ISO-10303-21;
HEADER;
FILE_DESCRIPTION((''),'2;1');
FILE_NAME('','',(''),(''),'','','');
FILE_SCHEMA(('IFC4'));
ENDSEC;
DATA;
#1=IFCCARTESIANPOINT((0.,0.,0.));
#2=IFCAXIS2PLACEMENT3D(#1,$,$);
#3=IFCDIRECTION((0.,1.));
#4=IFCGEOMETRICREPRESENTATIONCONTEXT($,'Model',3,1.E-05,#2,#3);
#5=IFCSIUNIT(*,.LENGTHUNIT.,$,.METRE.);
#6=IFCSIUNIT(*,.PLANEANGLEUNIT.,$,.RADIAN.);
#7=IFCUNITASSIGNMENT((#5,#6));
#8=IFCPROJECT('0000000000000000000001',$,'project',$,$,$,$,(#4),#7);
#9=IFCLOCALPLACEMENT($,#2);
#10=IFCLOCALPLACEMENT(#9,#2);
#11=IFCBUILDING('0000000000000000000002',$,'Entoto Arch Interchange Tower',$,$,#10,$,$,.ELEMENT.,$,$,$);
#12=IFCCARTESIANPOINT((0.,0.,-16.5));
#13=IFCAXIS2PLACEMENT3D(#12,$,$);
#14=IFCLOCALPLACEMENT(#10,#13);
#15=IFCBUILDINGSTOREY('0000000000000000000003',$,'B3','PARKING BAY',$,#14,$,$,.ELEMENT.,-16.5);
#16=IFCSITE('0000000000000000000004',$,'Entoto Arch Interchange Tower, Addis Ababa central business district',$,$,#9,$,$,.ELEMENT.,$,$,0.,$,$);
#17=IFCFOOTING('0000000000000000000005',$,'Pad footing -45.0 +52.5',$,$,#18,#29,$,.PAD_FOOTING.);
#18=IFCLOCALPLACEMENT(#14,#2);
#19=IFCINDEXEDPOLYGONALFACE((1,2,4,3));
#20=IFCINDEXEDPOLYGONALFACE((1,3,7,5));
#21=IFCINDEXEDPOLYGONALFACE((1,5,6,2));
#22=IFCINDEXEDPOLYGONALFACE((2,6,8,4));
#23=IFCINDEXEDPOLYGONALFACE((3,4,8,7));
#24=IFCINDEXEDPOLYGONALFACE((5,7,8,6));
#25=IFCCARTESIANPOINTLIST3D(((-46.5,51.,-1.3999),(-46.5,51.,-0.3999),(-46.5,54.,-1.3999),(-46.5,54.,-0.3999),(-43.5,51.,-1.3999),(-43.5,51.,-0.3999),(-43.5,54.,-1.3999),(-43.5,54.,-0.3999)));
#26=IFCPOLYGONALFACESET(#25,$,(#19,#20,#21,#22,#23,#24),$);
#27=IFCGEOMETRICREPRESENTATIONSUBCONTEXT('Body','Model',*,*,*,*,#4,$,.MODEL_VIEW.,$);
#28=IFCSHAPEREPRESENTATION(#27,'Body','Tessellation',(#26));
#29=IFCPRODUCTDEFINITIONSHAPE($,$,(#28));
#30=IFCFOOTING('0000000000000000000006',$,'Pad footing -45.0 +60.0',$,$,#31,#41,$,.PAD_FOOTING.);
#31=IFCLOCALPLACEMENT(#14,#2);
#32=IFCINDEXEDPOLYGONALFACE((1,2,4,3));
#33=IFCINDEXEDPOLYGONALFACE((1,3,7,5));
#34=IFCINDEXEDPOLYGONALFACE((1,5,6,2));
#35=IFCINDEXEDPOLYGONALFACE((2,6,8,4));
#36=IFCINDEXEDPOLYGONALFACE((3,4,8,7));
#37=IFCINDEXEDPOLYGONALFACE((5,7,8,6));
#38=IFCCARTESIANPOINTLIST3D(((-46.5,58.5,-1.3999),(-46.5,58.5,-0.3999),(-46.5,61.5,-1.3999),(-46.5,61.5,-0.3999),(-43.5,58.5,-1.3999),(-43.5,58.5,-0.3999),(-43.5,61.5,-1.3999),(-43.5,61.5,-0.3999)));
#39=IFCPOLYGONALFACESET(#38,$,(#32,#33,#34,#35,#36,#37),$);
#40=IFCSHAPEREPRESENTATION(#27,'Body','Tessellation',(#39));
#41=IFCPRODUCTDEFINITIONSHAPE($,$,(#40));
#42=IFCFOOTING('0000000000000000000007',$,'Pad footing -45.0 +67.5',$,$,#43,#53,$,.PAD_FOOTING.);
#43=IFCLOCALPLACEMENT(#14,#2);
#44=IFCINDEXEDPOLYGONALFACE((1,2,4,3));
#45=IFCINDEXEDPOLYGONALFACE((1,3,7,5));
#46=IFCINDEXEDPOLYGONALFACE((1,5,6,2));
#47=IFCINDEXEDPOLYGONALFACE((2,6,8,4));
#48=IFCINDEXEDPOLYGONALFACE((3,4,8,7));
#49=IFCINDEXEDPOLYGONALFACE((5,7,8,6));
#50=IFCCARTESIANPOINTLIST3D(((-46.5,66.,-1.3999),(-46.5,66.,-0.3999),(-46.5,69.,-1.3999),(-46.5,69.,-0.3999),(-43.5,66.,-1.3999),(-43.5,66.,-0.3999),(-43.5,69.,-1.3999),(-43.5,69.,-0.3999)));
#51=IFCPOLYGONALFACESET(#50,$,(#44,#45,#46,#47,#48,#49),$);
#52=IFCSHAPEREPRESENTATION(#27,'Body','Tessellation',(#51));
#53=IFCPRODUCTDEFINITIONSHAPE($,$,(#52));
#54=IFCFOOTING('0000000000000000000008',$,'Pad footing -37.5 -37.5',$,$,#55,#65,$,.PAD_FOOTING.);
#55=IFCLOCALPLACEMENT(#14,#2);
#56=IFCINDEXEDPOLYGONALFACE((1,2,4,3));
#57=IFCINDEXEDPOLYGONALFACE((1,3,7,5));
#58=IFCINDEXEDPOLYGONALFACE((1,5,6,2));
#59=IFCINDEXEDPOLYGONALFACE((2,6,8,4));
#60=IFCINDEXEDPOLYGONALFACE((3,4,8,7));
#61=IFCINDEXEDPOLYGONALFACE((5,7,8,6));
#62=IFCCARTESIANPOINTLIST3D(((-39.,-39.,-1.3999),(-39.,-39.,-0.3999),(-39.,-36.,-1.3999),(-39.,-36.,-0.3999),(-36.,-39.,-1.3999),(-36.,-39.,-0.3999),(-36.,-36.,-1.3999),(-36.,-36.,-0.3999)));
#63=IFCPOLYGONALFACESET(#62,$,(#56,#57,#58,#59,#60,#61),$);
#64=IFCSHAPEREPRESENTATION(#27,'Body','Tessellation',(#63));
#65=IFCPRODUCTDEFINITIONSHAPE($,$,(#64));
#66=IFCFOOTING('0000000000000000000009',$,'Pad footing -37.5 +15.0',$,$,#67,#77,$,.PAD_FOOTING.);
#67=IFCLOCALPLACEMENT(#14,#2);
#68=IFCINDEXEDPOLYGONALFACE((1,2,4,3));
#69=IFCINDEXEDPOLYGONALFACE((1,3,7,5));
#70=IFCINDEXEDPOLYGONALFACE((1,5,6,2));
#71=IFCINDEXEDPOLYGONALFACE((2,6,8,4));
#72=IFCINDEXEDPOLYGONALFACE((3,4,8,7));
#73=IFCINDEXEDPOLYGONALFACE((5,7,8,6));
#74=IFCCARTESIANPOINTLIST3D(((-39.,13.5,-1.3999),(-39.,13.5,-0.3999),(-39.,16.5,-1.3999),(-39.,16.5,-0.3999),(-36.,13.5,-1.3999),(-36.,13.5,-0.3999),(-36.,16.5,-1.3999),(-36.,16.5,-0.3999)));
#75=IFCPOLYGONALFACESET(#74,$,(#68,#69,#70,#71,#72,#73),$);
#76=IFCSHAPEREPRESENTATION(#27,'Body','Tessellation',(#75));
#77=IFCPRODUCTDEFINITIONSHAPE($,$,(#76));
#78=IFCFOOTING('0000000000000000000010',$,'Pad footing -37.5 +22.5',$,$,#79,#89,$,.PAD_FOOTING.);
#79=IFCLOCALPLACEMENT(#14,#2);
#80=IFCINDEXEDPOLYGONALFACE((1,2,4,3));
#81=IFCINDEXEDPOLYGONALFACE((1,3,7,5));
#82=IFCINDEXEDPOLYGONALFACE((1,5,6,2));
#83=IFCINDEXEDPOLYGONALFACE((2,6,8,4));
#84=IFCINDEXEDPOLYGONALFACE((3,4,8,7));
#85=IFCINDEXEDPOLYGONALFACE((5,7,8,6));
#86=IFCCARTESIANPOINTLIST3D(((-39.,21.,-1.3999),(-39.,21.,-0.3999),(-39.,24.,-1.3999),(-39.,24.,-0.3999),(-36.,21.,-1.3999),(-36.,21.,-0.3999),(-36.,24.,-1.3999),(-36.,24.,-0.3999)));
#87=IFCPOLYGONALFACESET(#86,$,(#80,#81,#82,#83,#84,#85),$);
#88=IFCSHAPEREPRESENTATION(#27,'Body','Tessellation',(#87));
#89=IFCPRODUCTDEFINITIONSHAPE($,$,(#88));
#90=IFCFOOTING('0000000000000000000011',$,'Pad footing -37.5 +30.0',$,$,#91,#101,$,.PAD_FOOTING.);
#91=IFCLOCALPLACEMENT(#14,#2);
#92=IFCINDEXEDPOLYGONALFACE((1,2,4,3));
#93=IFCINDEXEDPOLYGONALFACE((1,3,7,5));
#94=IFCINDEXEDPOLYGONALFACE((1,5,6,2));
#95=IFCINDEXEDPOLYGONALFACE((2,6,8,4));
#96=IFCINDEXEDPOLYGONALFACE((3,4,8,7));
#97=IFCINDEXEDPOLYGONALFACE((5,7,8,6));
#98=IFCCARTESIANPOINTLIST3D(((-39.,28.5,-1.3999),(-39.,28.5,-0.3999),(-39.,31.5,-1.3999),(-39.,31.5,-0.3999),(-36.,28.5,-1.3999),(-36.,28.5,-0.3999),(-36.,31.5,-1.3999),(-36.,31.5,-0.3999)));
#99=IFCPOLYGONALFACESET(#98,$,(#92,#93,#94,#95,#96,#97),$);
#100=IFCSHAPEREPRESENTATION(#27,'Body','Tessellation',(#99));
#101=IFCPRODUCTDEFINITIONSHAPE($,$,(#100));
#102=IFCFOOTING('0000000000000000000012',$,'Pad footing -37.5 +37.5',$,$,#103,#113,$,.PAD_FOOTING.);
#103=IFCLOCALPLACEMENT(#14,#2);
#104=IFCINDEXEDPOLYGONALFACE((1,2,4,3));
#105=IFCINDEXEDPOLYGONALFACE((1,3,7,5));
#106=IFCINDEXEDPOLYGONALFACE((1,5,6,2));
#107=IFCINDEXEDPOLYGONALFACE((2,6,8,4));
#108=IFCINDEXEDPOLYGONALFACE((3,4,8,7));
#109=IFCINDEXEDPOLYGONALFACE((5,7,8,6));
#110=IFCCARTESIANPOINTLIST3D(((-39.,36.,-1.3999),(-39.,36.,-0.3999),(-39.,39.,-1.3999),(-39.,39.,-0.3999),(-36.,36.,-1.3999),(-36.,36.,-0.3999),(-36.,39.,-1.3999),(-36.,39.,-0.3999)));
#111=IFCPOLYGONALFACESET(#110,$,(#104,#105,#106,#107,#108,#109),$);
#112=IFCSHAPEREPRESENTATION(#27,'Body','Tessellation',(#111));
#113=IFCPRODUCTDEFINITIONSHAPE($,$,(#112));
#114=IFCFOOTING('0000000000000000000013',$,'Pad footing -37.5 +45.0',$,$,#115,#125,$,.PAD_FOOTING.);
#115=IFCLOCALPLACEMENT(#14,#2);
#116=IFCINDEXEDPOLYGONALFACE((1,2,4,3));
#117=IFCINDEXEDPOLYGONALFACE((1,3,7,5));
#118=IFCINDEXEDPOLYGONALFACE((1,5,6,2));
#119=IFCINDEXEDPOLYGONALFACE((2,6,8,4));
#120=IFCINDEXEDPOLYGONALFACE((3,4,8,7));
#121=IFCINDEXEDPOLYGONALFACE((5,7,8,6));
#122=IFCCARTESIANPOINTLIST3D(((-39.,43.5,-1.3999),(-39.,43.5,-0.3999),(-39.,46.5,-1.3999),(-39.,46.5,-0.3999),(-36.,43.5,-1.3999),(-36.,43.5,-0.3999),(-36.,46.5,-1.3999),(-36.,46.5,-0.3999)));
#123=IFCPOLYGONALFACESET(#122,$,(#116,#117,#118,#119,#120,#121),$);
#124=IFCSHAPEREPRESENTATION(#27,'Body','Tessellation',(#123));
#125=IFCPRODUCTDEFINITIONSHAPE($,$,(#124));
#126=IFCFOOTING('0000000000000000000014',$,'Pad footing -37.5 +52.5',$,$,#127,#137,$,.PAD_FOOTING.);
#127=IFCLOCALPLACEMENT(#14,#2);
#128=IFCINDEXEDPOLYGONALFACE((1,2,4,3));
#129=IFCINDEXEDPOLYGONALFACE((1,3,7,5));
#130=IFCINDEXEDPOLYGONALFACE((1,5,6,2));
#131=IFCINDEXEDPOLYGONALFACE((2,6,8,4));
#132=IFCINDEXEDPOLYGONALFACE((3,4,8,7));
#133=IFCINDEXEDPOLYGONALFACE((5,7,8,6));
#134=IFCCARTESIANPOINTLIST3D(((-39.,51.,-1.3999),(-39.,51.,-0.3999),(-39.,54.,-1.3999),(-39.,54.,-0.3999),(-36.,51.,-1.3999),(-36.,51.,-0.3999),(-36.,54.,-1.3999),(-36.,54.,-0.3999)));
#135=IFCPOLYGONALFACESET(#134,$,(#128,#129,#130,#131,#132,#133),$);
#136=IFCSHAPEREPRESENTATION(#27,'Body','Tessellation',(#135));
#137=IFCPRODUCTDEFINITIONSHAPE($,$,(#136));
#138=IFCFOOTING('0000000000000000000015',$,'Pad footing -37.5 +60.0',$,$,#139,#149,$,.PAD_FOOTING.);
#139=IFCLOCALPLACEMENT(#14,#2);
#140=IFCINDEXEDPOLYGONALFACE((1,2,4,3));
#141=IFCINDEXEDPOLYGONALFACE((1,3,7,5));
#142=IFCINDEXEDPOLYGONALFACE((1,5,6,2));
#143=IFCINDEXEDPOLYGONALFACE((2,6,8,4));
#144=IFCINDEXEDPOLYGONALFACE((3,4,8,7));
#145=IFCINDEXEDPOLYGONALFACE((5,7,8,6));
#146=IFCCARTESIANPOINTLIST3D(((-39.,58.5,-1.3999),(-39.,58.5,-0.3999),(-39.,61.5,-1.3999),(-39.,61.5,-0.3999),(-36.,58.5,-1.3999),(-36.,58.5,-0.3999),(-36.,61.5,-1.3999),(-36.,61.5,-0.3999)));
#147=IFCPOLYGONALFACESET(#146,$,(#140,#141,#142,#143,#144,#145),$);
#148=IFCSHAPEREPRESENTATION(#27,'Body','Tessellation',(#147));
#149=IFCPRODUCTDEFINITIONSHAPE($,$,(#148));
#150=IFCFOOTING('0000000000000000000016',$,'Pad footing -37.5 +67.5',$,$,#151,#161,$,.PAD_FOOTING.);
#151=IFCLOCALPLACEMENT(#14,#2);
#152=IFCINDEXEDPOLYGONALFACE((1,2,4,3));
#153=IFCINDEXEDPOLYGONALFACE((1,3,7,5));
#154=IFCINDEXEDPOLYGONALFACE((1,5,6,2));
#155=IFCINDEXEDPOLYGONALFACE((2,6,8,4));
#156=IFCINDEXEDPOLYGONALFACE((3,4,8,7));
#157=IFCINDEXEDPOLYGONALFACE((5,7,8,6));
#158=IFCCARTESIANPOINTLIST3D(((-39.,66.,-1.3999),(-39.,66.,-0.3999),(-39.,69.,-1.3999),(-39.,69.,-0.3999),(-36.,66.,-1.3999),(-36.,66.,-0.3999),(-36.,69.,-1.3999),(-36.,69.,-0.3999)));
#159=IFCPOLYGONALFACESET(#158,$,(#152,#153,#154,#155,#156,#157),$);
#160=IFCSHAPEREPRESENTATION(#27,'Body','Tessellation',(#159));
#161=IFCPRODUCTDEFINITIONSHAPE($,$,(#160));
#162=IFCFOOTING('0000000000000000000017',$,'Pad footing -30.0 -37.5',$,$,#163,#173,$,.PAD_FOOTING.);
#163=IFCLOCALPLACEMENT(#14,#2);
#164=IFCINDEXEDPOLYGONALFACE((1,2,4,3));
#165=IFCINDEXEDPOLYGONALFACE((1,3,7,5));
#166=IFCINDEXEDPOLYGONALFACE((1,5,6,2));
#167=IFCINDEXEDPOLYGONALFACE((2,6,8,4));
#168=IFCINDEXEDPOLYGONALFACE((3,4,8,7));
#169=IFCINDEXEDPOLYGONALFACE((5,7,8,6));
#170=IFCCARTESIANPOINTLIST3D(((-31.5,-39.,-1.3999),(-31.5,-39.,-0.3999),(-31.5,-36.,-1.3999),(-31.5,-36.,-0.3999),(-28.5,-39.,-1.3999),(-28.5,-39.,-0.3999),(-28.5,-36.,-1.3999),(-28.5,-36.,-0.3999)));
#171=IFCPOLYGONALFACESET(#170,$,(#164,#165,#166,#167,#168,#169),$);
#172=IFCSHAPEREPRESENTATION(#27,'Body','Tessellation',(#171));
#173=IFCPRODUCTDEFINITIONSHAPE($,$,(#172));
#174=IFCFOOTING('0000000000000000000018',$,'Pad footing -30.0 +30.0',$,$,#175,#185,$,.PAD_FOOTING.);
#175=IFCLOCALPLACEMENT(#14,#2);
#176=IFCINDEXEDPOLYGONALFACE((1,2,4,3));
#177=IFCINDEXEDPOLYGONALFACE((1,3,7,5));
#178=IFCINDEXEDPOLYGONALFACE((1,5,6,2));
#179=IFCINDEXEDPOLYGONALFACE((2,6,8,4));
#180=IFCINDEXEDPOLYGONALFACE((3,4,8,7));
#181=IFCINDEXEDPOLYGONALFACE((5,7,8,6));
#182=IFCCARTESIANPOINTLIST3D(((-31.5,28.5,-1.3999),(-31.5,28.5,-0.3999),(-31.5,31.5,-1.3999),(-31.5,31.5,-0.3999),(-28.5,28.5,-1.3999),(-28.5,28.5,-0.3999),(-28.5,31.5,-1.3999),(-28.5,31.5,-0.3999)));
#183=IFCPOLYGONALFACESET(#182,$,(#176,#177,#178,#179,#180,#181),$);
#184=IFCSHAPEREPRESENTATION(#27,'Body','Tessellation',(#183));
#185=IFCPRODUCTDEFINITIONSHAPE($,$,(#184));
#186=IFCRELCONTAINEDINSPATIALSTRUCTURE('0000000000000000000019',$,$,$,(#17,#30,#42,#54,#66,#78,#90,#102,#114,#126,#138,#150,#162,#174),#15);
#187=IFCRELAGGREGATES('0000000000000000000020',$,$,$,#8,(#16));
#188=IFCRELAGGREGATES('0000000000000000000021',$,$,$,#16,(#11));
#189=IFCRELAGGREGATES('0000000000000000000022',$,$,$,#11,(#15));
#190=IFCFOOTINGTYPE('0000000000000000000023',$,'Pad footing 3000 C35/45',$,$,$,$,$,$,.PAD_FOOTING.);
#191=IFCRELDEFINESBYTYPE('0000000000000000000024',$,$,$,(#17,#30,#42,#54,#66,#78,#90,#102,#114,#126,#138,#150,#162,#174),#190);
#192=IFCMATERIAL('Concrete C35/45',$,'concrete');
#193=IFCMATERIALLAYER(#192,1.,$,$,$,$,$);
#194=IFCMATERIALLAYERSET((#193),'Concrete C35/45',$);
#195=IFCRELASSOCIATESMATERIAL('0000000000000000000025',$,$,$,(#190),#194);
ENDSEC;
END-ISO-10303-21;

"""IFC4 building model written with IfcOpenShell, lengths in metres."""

from ifc_helpers import new_model, si_unit, direction, frame, origin, place, context, subcontext, project, spatial, polyline, outline, extrude, material, layer, layer_set, type_object, element, save


model = new_model("IFC4")

# Units and contexts
model_context = context("Model", 3, precision=1e-05, world=origin(), true_north=direction((0.0, 1.0)))
body_context = subcontext(model_context, "Body", "Model", "MODEL_VIEW")
ifc_project = project(units=[si_unit("LENGTHUNIT", "METRE"), si_unit("PLANEANGLEUNIT", "RADIAN")], contexts=[model_context])

# Site, building, storey
site_placement = place(None, origin())
site = spatial("IfcSite", under=ifc_project, at=site_placement, Name="Entoto Arch Interchange Tower, Addis Ababa central business district", CompositionType="ELEMENT", RefElevation=0.0)
building_placement = place(site_placement, origin())
building = spatial("IfcBuilding", under=site, at=building_placement, Name="Entoto Arch Interchange Tower", CompositionType="ELEMENT")
storey_placement = place(building_placement, frame((0.0, 0.0, -16.5)))
storey = spatial("IfcBuildingStorey", under=building, at=storey_placement, Name="B3", Description="PARKING BAY", CompositionType="ELEMENT", Elevation=-16.5)

# Footings
ifc_material_1 = material(Name="Concrete C35/45", Category="concrete")
ifc_layer_1 = layer(ifc_material_1, 1.0)
ifc_layer_set_1 = layer_set([ifc_layer_1], Name="Concrete C35/45")
footing_type = type_object("IfcFootingType", Name="Pad footing 3000 C35/45", PredefinedType="PAD_FOOTING", material=ifc_layer_set_1)
footing_1_placement = place(storey_placement, frame((0.0, 0.0, -1.3999)))
element("IfcFooting", 1, at=footing_1_placement, inside=storey, type_object=footing_type, Name="Pad footing -45.0 +52.5", PredefinedType="PAD_FOOTING", context=body_context, shape_type="SweptSolid", body=[
    extrude(outline(polyline([(-43.5, 51.0), (-43.5, 54.0), (-46.5, 54.0), (-46.5, 51.0), (-43.5, 51.0)])), origin(), (0.0, 0.0, 1.0), 1.0),
])
footing_2_placement = place(storey_placement, frame((0.0, 0.0, -1.3999)))
element("IfcFooting", 2, at=footing_2_placement, inside=storey, type_object=footing_type, Name="Pad footing -45.0 +60.0", PredefinedType="PAD_FOOTING", context=body_context, shape_type="SweptSolid", body=[
    extrude(outline(polyline([(-43.5, 58.5), (-43.5, 61.5), (-46.5, 61.5), (-46.5, 58.5), (-43.5, 58.5)])), origin(), (0.0, 0.0, 1.0), 1.0),
])
footing_3_placement = place(storey_placement, frame((0.0, 0.0, -1.3999)))
element("IfcFooting", 3, at=footing_3_placement, inside=storey, type_object=footing_type, Name="Pad footing -45.0 +67.5", PredefinedType="PAD_FOOTING", context=body_context, shape_type="SweptSolid", body=[
    extrude(outline(polyline([(-43.5, 66.0), (-43.5, 69.0), (-46.5, 69.0), (-46.5, 66.0), (-43.5, 66.0)])), origin(), (0.0, 0.0, 1.0), 1.0),
])
footing_4_placement = place(storey_placement, frame((0.0, 0.0, -1.3999)))
element("IfcFooting", 4, at=footing_4_placement, inside=storey, type_object=footing_type, Name="Pad footing -37.5 -37.5", PredefinedType="PAD_FOOTING", context=body_context, shape_type="SweptSolid", body=[
    extrude(outline(polyline([(-36.0, -39.0), (-36.0, -36.0), (-39.0, -36.0), (-39.0, -39.0), (-36.0, -39.0)])), origin(), (0.0, 0.0, 1.0), 1.0),
])
footing_5_placement = place(storey_placement, frame((0.0, 0.0, -1.3999)))
element("IfcFooting", 5, at=footing_5_placement, inside=storey, type_object=footing_type, Name="Pad footing -37.5 +15.0", PredefinedType="PAD_FOOTING", context=body_context, shape_type="SweptSolid", body=[
    extrude(outline(polyline([(-36.0, 13.5), (-36.0, 16.5), (-39.0, 16.5), (-39.0, 13.5), (-36.0, 13.5)])), origin(), (0.0, 0.0, 1.0), 1.0),
])
footing_6_placement = place(storey_placement, frame((0.0, 0.0, -1.3999)))
element("IfcFooting", 6, at=footing_6_placement, inside=storey, type_object=footing_type, Name="Pad footing -37.5 +22.5", PredefinedType="PAD_FOOTING", context=body_context, shape_type="SweptSolid", body=[
    extrude(outline(polyline([(-36.0, 21.0), (-36.0, 24.0), (-39.0, 24.0), (-39.0, 21.0), (-36.0, 21.0)])), origin(), (0.0, 0.0, 1.0), 1.0),
])
footing_7_placement = place(storey_placement, frame((0.0, 0.0, -1.3999)))
element("IfcFooting", 7, at=footing_7_placement, inside=storey, type_object=footing_type, Name="Pad footing -37.5 +30.0", PredefinedType="PAD_FOOTING", context=body_context, shape_type="SweptSolid", body=[
    extrude(outline(polyline([(-36.0, 28.5), (-36.0, 31.5), (-39.0, 31.5), (-39.0, 28.5), (-36.0, 28.5)])), origin(), (0.0, 0.0, 1.0), 1.0),
])
footing_8_placement = place(storey_placement, frame((0.0, 0.0, -1.3999)))
element("IfcFooting", 8, at=footing_8_placement, inside=storey, type_object=footing_type, Name="Pad footing -37.5 +37.5", PredefinedType="PAD_FOOTING", context=body_context, shape_type="SweptSolid", body=[
    extrude(outline(polyline([(-36.0, 36.0), (-36.0, 39.0), (-39.0, 39.0), (-39.0, 36.0), (-36.0, 36.0)])), origin(), (0.0, 0.0, 1.0), 1.0),
])
footing_9_placement = place(storey_placement, frame((0.0, 0.0, -1.3999)))
element("IfcFooting", 9, at=footing_9_placement, inside=storey, type_object=footing_type, Name="Pad footing -37.5 +45.0", PredefinedType="PAD_FOOTING", context=body_context, shape_type="SweptSolid", body=[
    extrude(outline(polyline([(-36.0, 43.5), (-36.0, 46.5), (-39.0, 46.5), (-39.0, 43.5), (-36.0, 43.5)])), origin(), (0.0, 0.0, 1.0), 1.0),
])
footing_10_placement = place(storey_placement, frame((0.0, 0.0, -1.3999)))
element("IfcFooting", 10, at=footing_10_placement, inside=storey, type_object=footing_type, Name="Pad footing -37.5 +52.5", PredefinedType="PAD_FOOTING", context=body_context, shape_type="SweptSolid", body=[
    extrude(outline(polyline([(-36.0, 51.0), (-36.0, 54.0), (-39.0, 54.0), (-39.0, 51.0), (-36.0, 51.0)])), origin(), (0.0, 0.0, 1.0), 1.0),
])
footing_11_placement = place(storey_placement, frame((0.0, 0.0, -1.3999)))
element("IfcFooting", 11, at=footing_11_placement, inside=storey, type_object=footing_type, Name="Pad footing -37.5 +60.0", PredefinedType="PAD_FOOTING", context=body_context, shape_type="SweptSolid", body=[
    extrude(outline(polyline([(-36.0, 58.5), (-36.0, 61.5), (-39.0, 61.5), (-39.0, 58.5), (-36.0, 58.5)])), origin(), (0.0, 0.0, 1.0), 1.0),
])
footing_12_placement = place(storey_placement, frame((0.0, 0.0, -1.3999)))
element("IfcFooting", 12, at=footing_12_placement, inside=storey, type_object=footing_type, Name="Pad footing -37.5 +67.5", PredefinedType="PAD_FOOTING", context=body_context, shape_type="SweptSolid", body=[
    extrude(outline(polyline([(-36.0, 66.0), (-36.0, 69.0), (-39.0, 69.0), (-39.0, 66.0), (-36.0, 66.0)])), origin(), (0.0, 0.0, 1.0), 1.0),
])
footing_13_placement = place(storey_placement, frame((0.0, 0.0, -1.3999)))
element("IfcFooting", 13, at=footing_13_placement, inside=storey, type_object=footing_type, Name="Pad footing -30.0 -37.5", PredefinedType="PAD_FOOTING", context=body_context, shape_type="SweptSolid", body=[
    extrude(outline(polyline([(-28.5, -39.0), (-28.5, -36.0), (-31.5, -36.0), (-31.5, -39.0), (-28.5, -39.0)])), origin(), (0.0, 0.0, 1.0), 1.0),
])
footing_14_placement = place(storey_placement, frame((0.0, 0.0, -1.3999)))
element("IfcFooting", 14, at=footing_14_placement, inside=storey, type_object=footing_type, Name="Pad footing -30.0 +30.0", PredefinedType="PAD_FOOTING", context=body_context, shape_type="SweptSolid", body=[
    extrude(outline(polyline([(-28.5, 28.5), (-28.5, 31.5), (-31.5, 31.5), (-31.5, 28.5), (-28.5, 28.5)])), origin(), (0.0, 0.0, 1.0), 1.0),
])

save(model, "model.ifc")
